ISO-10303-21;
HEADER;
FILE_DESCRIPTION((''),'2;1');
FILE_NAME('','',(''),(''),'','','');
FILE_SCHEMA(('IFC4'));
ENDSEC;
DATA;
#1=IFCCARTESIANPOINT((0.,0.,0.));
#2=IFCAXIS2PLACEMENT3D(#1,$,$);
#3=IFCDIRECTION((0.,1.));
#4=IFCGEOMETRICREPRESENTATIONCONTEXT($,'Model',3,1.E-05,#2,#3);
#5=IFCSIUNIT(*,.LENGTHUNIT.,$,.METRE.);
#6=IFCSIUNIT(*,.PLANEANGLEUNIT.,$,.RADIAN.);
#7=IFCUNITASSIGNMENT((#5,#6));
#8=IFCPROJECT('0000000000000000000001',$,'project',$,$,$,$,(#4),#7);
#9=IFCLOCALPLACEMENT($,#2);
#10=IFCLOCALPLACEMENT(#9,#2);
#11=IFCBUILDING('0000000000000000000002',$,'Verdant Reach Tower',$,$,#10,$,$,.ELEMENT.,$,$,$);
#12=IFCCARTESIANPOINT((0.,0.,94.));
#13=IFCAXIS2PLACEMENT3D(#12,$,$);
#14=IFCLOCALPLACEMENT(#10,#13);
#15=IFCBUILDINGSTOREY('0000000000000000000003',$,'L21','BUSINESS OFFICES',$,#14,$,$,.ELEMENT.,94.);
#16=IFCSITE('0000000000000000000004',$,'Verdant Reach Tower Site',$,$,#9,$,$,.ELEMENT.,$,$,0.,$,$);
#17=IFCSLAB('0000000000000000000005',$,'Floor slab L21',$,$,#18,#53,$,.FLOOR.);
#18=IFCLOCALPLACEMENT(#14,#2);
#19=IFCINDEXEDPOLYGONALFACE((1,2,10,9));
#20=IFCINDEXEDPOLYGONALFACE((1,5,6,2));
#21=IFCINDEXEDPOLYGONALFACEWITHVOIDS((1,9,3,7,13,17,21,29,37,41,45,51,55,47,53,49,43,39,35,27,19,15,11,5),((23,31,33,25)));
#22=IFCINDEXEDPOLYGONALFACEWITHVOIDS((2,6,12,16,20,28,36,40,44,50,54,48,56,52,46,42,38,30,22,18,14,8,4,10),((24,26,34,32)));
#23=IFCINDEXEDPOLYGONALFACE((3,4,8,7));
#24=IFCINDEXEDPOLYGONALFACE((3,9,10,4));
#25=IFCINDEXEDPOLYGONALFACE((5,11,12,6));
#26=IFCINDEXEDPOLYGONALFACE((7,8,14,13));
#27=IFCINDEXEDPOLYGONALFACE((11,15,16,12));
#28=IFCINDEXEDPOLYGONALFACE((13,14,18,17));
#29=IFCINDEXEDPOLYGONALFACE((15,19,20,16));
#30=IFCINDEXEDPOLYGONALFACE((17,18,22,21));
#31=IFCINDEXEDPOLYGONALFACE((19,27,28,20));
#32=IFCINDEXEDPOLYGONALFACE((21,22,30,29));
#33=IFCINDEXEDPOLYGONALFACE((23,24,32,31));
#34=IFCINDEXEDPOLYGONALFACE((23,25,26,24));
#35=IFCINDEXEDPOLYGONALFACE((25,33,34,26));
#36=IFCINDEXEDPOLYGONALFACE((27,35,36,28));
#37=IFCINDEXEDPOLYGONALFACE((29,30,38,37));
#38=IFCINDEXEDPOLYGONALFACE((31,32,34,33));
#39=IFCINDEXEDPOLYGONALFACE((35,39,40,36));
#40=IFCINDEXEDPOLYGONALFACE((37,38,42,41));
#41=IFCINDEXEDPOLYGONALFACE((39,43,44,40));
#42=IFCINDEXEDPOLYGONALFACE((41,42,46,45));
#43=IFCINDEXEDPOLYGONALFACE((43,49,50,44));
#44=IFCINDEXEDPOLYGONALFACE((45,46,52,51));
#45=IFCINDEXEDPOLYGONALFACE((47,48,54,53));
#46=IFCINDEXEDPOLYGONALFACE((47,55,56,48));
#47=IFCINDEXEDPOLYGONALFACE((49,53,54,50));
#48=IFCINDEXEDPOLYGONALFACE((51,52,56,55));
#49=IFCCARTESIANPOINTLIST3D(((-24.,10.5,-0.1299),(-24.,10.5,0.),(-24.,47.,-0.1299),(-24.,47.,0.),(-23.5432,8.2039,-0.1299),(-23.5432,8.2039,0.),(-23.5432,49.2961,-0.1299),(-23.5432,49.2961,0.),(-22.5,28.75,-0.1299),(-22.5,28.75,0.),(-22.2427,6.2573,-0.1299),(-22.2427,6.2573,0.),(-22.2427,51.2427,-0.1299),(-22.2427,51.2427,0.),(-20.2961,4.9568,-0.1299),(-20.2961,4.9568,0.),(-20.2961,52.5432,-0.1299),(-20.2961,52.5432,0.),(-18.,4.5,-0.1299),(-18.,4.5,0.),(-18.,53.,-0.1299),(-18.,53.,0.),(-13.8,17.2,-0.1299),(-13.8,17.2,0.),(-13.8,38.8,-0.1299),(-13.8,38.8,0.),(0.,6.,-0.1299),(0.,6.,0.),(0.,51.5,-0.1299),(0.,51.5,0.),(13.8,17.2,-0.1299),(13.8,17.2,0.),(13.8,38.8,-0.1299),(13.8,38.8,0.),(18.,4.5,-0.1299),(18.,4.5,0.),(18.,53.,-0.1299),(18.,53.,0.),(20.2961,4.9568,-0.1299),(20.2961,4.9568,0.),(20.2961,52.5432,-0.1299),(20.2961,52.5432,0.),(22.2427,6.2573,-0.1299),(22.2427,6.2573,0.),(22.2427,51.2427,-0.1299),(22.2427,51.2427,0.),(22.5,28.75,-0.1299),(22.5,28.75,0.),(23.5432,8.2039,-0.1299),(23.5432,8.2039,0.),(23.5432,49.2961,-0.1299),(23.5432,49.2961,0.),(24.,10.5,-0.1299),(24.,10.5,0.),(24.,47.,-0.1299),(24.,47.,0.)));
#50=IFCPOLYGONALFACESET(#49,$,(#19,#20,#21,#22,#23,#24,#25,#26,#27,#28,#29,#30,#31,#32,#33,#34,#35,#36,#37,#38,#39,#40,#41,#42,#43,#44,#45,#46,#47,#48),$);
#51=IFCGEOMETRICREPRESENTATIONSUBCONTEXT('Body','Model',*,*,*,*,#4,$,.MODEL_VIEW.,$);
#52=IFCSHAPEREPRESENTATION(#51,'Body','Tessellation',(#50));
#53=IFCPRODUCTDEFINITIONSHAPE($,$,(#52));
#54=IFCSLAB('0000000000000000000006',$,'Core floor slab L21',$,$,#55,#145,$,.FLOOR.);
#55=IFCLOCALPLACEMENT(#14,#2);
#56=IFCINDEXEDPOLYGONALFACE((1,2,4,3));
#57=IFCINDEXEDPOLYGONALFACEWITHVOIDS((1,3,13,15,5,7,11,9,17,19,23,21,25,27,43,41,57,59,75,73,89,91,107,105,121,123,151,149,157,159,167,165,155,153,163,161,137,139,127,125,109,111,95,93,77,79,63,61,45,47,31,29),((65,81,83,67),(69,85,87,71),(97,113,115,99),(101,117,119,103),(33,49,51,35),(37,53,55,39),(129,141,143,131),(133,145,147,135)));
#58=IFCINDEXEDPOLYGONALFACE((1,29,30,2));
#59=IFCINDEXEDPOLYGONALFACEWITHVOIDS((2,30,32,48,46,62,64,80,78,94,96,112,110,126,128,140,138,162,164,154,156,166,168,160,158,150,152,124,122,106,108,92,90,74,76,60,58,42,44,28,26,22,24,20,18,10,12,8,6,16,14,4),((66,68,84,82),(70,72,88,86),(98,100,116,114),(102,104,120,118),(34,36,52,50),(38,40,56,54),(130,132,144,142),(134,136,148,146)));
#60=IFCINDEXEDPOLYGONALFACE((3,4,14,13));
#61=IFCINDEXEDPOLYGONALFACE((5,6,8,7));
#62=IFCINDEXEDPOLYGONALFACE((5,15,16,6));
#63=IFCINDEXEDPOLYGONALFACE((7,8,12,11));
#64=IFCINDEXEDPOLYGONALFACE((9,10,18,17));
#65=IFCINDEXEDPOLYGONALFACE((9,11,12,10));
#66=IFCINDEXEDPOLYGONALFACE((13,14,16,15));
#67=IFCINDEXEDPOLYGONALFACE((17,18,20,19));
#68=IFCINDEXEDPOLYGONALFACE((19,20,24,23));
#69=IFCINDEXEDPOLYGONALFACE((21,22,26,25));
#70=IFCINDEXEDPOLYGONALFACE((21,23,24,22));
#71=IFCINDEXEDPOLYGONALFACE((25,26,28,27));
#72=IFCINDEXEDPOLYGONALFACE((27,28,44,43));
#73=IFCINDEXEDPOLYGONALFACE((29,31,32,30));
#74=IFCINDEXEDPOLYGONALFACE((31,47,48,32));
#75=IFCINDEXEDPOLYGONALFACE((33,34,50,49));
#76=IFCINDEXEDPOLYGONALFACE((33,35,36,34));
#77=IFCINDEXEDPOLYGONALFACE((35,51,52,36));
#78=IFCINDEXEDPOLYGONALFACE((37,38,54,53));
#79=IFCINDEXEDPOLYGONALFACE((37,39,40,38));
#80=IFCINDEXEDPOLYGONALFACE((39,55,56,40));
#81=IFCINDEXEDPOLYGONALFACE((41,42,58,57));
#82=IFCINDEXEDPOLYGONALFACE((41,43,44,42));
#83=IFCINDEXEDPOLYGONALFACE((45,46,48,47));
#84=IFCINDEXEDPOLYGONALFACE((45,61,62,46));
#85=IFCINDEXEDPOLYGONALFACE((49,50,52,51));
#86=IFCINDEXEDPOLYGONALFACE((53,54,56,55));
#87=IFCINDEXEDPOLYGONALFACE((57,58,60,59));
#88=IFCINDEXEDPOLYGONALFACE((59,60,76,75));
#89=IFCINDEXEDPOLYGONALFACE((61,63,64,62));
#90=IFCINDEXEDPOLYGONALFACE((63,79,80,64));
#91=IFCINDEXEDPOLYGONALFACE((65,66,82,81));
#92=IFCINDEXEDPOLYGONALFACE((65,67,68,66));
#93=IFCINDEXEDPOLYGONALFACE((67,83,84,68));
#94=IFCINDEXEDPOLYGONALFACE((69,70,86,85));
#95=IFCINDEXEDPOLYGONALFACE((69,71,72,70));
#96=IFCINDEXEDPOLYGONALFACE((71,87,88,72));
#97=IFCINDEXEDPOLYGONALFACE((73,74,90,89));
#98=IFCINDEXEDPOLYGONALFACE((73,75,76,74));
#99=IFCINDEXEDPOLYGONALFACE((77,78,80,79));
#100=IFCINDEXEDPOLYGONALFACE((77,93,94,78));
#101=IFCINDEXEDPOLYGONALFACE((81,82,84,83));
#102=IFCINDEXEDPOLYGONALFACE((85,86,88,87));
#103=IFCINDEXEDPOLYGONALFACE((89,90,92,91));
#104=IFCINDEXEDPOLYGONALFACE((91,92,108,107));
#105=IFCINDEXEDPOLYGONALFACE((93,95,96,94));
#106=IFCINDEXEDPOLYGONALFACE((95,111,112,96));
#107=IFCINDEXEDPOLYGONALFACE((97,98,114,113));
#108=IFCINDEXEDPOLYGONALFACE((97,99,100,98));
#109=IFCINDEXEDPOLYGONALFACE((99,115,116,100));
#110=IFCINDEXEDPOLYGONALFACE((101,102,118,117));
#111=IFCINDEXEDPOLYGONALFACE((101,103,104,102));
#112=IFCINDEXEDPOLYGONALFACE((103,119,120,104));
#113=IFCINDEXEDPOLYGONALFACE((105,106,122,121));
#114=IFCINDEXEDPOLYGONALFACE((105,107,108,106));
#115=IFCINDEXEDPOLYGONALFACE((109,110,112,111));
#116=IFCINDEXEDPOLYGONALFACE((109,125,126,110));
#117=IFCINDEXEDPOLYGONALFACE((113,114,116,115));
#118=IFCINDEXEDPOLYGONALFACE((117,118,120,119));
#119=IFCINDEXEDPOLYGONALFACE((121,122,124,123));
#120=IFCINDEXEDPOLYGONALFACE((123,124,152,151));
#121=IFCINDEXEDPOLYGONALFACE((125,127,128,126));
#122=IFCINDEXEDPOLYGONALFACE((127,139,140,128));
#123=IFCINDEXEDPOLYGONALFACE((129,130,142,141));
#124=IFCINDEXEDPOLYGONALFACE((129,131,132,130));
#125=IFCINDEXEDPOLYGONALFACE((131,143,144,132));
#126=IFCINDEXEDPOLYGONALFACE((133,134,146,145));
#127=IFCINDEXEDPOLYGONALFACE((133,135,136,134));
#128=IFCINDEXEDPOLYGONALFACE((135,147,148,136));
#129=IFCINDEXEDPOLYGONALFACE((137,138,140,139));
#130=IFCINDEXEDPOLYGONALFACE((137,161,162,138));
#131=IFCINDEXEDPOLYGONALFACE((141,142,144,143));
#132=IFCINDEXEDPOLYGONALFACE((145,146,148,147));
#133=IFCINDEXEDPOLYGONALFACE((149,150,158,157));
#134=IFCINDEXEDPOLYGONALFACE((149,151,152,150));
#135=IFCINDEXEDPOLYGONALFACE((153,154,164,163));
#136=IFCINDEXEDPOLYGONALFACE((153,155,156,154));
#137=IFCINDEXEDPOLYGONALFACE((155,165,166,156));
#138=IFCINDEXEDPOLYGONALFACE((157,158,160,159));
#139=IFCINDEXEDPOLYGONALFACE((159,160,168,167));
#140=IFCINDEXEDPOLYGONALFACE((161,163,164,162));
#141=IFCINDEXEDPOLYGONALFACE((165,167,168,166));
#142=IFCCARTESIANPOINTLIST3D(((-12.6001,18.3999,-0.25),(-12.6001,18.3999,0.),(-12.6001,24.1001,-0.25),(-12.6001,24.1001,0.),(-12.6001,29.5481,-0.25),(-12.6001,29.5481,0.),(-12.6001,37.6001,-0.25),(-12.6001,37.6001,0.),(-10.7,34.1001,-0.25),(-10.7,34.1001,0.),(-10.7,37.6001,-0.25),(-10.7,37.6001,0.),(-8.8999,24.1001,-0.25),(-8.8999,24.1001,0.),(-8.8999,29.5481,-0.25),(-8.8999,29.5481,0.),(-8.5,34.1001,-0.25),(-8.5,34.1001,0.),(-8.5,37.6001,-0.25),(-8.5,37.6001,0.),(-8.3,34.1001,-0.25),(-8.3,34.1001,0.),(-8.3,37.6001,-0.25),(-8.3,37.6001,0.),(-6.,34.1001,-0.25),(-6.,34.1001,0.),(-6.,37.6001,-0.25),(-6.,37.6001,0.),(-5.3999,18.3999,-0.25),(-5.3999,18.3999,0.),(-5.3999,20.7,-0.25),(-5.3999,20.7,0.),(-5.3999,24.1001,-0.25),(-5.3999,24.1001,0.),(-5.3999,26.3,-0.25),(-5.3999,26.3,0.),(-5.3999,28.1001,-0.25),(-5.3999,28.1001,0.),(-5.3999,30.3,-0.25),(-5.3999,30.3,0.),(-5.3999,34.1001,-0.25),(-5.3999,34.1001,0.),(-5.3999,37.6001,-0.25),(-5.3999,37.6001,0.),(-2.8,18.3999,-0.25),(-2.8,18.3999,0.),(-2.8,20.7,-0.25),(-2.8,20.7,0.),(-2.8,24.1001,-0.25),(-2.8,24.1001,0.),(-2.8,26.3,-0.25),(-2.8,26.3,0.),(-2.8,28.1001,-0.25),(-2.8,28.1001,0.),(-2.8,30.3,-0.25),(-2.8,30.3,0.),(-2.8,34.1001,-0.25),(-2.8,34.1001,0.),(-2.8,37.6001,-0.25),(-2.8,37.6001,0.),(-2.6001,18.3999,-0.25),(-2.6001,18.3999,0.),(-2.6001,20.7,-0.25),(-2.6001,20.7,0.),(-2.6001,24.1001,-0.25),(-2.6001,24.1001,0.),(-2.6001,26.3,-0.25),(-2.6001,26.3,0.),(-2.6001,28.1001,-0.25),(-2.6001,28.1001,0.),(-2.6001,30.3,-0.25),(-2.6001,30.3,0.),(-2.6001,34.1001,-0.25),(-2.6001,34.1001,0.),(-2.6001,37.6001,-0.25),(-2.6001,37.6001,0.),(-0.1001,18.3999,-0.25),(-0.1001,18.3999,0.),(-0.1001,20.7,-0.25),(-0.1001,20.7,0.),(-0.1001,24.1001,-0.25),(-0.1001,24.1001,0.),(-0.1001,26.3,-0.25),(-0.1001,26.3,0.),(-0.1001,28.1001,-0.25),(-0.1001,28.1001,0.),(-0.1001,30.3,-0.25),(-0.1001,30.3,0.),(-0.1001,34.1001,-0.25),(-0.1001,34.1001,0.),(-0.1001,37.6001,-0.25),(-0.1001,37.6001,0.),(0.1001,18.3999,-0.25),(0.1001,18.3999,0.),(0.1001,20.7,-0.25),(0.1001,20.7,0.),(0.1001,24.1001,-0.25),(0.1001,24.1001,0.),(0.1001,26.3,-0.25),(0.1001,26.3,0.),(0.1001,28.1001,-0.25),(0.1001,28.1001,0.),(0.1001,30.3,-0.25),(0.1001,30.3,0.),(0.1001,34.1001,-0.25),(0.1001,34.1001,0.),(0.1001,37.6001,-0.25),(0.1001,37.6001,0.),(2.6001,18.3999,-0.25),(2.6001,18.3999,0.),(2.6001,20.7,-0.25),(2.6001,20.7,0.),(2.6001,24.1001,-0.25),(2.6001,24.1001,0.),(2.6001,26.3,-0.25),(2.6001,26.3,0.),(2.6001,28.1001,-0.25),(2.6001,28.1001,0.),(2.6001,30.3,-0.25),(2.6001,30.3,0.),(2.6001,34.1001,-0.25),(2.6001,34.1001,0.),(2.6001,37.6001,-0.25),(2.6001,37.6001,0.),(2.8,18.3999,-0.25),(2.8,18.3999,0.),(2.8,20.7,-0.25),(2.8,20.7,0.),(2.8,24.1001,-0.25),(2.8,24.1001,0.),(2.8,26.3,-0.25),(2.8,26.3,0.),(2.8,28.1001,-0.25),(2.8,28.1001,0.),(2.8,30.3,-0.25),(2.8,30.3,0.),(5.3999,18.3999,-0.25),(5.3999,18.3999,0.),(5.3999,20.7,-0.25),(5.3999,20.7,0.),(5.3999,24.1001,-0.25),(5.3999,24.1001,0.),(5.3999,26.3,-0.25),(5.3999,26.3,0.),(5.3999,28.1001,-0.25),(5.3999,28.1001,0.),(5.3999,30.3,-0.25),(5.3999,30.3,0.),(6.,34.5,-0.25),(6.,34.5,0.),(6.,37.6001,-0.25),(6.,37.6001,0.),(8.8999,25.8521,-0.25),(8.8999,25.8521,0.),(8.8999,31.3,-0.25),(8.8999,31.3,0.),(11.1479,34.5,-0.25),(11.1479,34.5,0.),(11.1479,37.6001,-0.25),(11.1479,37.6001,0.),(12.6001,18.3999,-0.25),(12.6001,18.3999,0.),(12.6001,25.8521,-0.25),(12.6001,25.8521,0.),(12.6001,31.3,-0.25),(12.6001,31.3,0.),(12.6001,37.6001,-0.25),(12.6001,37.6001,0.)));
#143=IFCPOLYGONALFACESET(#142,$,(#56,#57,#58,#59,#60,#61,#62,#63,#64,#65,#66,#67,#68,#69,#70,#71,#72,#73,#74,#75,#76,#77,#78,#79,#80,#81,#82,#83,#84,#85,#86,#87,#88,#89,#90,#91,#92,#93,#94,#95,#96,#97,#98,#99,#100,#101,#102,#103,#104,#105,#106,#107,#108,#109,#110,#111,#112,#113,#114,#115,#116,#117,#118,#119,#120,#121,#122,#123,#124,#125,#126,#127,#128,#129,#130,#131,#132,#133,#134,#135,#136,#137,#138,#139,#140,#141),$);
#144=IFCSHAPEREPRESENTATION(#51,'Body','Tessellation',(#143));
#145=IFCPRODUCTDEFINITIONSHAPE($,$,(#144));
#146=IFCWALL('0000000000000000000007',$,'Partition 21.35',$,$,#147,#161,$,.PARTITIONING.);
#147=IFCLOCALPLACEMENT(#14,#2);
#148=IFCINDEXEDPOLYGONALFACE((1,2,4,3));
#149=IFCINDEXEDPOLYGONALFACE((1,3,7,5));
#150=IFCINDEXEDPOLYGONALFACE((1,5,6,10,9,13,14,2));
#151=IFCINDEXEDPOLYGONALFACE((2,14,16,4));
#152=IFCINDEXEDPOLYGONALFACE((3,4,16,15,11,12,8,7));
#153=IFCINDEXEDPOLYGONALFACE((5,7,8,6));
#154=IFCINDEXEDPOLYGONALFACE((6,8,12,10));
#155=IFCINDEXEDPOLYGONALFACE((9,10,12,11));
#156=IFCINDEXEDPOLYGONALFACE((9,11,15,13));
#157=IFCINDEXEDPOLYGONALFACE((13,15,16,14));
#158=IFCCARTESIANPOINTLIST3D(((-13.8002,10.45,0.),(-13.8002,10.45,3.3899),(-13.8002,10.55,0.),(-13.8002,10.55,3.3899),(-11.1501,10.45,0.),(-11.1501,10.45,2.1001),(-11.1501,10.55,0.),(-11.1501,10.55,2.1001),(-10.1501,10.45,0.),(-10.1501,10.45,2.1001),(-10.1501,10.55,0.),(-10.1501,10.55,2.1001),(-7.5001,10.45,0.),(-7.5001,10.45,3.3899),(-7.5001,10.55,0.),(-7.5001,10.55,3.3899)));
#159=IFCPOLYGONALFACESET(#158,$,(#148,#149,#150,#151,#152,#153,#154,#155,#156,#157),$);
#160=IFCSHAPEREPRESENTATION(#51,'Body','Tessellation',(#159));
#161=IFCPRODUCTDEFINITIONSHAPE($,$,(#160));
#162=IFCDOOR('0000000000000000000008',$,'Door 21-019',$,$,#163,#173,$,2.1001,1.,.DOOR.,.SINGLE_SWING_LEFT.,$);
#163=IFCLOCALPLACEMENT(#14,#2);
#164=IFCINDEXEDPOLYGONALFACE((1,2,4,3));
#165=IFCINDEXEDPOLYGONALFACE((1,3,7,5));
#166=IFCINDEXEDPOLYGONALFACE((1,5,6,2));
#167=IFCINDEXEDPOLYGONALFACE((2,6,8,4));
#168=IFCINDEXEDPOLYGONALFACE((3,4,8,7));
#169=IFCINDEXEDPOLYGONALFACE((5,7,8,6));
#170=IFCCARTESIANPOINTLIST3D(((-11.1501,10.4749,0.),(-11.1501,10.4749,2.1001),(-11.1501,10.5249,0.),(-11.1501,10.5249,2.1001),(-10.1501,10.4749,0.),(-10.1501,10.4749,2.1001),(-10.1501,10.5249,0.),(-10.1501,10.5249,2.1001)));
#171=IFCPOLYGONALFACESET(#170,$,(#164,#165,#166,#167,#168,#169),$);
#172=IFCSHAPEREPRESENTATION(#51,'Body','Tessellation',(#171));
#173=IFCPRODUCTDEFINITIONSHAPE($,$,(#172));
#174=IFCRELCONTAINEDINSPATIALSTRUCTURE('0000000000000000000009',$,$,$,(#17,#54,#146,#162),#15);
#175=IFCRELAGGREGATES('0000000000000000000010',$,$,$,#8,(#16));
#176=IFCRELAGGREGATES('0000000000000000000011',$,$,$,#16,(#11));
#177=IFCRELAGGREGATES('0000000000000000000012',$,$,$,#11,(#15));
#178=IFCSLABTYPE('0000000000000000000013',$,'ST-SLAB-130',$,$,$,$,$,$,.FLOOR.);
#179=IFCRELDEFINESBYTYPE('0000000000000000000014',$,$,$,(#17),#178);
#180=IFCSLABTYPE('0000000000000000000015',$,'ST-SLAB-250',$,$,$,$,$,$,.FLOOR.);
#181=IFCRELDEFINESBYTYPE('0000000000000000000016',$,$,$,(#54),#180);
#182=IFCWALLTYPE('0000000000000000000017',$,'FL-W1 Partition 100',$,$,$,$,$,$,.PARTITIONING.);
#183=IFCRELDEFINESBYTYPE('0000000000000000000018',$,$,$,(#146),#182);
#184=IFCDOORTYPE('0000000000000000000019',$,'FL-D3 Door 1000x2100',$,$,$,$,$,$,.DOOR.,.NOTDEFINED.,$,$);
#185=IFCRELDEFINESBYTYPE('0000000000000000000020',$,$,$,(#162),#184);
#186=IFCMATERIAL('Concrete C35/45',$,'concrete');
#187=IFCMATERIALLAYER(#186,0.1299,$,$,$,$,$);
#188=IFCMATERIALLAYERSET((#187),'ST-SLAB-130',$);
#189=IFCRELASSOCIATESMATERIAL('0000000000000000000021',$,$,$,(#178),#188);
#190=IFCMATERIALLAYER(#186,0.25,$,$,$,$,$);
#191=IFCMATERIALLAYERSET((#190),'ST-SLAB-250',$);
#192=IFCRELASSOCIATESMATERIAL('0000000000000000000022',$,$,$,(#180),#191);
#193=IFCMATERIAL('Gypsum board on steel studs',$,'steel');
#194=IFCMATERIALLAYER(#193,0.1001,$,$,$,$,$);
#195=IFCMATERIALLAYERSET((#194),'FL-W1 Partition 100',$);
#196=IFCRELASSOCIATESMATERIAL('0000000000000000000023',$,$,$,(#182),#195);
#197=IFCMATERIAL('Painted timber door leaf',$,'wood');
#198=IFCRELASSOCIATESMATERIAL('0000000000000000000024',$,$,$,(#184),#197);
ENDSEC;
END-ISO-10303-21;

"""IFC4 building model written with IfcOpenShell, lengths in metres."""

from ifc_helpers import new_model, si_unit, direction, frame, frame_2d, origin, place, context, subcontext, project, spatial, polyline, rectangle, outline, extrude, material, layer, layer_set, type_object, element, fill, save


model = new_model("IFC4")

# Units and contexts
model_context = context("Model", 3, precision=1e-05, world=origin(), true_north=direction((0.0, 1.0)))
body_context = subcontext(model_context, "Body", "Model", "MODEL_VIEW")
ifc_project = project(units=[si_unit("LENGTHUNIT", "METRE"), si_unit("PLANEANGLEUNIT", "RADIAN")], contexts=[model_context])

# Site, building, storey
site_placement = place(None, origin())
site = spatial("IfcSite", under=ifc_project, at=site_placement, Name="Verdant Reach Tower Site", CompositionType="ELEMENT", RefElevation=0.0)
building_placement = place(site_placement, origin())
building = spatial("IfcBuilding", under=site, at=building_placement, Name="Verdant Reach Tower", CompositionType="ELEMENT")
storey_placement = place(building_placement, frame((0.0, 0.0, 94.0)))
storey = spatial("IfcBuildingStorey", under=building, at=storey_placement, Name="L21", Description="BUSINESS OFFICES", CompositionType="ELEMENT", Elevation=94.0)

# Slabs
ifc_material_1 = material(Name="Concrete C35/45", Category="concrete")
ifc_layer_1 = layer(ifc_material_1, 0.1299)
ifc_layer_set_1 = layer_set([ifc_layer_1], Name="ST-SLAB-130")
slab_type_1 = type_object("IfcSlabType", Name="ST-SLAB-130", PredefinedType="FLOOR", material=ifc_layer_set_1)
slab_1_placement = place(storey_placement, frame((0.0, 0.0, -0.1299)))
element("IfcSlab", 1, at=slab_1_placement, inside=storey, type_object=slab_type_1, Name="Floor slab L21", PredefinedType="FLOOR", context=body_context, shape_type="SweptSolid", body=[
    extrude(outline(polyline([(0.0, 6.0), (-18.0, 4.5), (-20.2961, 4.9568), (-22.2427, 6.2573), (-23.5432, 8.2039), (-24.0, 10.5), (-22.5, 28.75), (-24.0, 47.0), (-23.5432, 49.2961), (-22.2427, 51.2427), (-20.2961, 52.5432), (-18.0, 53.0), (0.0, 51.5), (18.0, 53.0), (20.2961, 52.5432), (22.2427, 51.2427), (23.5432, 49.2961), (24.0, 47.0), (22.5, 28.75), (24.0, 10.5), (23.5432, 8.2039), (22.2427, 6.2573), (20.2961, 4.9568), (18.0, 4.5), (0.0, 6.0)]), holes=[polyline([(13.8, 38.8), (-13.8, 38.8), (-13.8, 17.2), (13.8, 17.2), (13.8, 38.8)])]), origin(), (0.0, 0.0, 1.0), 0.1299),
])
ifc_layer_2 = layer(ifc_material_1, 0.25)
ifc_layer_set_2 = layer_set([ifc_layer_2], Name="ST-SLAB-250")
slab_type_2 = type_object("IfcSlabType", Name="ST-SLAB-250", PredefinedType="FLOOR", material=ifc_layer_set_2)
slab_2_placement = place(storey_placement, frame((0.0, 0.0, -0.25)))
element("IfcSlab", 2, at=slab_2_placement, inside=storey, type_object=slab_type_2, Name="Core floor slab L21", PredefinedType="FLOOR", context=body_context, shape_type="SweptSolid", body=[
    extrude(outline(polyline([(12.6001, 18.3999), (5.3999, 18.3999), (5.3999, 20.7), (2.8, 20.7), (2.8, 18.3999), (2.6001, 18.3999), (2.6001, 20.7), (0.1001, 20.7), (0.1001, 18.3999), (-0.1001, 18.3999), (-0.1001, 20.7), (-2.6001, 20.7), (-2.6001, 18.3999), (-2.8, 18.3999), (-2.8, 20.7), (-5.3999, 20.7), (-5.3999, 18.3999), (-12.6001, 18.3999), (-12.6001, 24.1001), (-8.8999, 24.1001), (-8.8999, 29.5481), (-12.6001, 29.5481), (-12.6001, 37.6001), (-10.7, 37.6001), (-10.7, 34.1001), (-8.5, 34.1001), (-8.5, 37.6001), (-8.3, 37.6001), (-8.3, 34.1001), (-6.0, 34.1001), (-6.0, 37.6001), (-5.3999, 37.6001), (-5.3999, 34.1001), (-2.8, 34.1001), (-2.8, 37.6001), (-2.6001, 37.6001), (-2.6001, 34.1001), (-0.1001, 34.1001), (-0.1001, 37.6001), (0.1001, 37.6001), (0.1001, 34.1001), (2.6001, 34.1001), (2.6001, 37.6001), (6.0, 37.6001), (6.0, 34.5), (11.1479, 34.5), (11.1479, 37.6001), (12.6001, 37.6001), (12.6001, 31.3), (8.8999, 31.3), (8.8999, 25.8521), (12.6001, 25.8521), (12.6001, 18.3999)]), holes=[polyline([(-2.8, 24.1001), (-2.8, 26.3), (-5.3999, 26.3), (-5.3999, 24.1001), (-2.8, 24.1001)]), polyline([(-2.6001, 24.1001), (-0.1001, 24.1001), (-0.1001, 26.3), (-2.6001, 26.3), (-2.6001, 24.1001)]), polyline([(-2.8, 28.1001), (-2.8, 30.3), (-5.3999, 30.3), (-5.3999, 28.1001), (-2.8, 28.1001)]), polyline([(-0.1001, 28.1001), (-0.1001, 30.3), (-2.6001, 30.3), (-2.6001, 28.1001), (-0.1001, 28.1001)]), polyline([(2.6001, 24.1001), (2.6001, 26.3), (0.1001, 26.3), (0.1001, 24.1001), (2.6001, 24.1001)]), polyline([(2.8, 24.1001), (5.3999, 24.1001), (5.3999, 26.3), (2.8, 26.3), (2.8, 24.1001)]), polyline([(2.6001, 28.1001), (2.6001, 30.3), (0.1001, 30.3), (0.1001, 28.1001), (2.6001, 28.1001)]), polyline([(5.3999, 28.1001), (5.3999, 30.3), (2.8, 30.3), (2.8, 28.1001), (5.3999, 28.1001)])]), origin(), (0.0, 0.0, 1.0), 0.25),
])

# Wall, opening, door
ifc_material_2 = material(Name="Gypsum board on steel studs", Category="steel")
ifc_layer_3 = layer(ifc_material_2, 0.1001)
ifc_layer_set_3 = layer_set([ifc_layer_3], Name="FL-W1 Partition 100")
wall_type_1 = type_object("IfcWallType", Name="FL-W1 Partition 100", PredefinedType="PARTITIONING", material=ifc_layer_set_3)
wall_1_placement = place(storey_placement, frame((-13.8, 10.5, 0.0), z_axis=(0.0, 0.0, 1.0), x_axis=(1.0, 0.0, 0.0)))
wall_1 = element("IfcWall", 3, at=wall_1_placement, inside=storey, type_object=wall_type_1, Name="Partition 21.35", PredefinedType="PARTITIONING", context=body_context, shape_type="SweptSolid", body=[
    extrude(rectangle(XDim=6.3, YDim=0.1001, at=frame_2d((3.1499, 0.0))), origin(), (0.0, 0.0, 1.0), 3.3899),
])
opening_1_placement = place(wall_1_placement, frame((2.6499, 0.0, 0.0)))
opening_1 = element("IfcOpeningElement", 4, at=opening_1_placement, cuts=wall_1, PredefinedType="OPENING", context=body_context, shape_type="SweptSolid", body=[
    extrude(rectangle(XDim=1.0, YDim=2.1001, at=frame_2d((0.5, 1.05))), frame((0.0, 0.0601, 0.0), z_axis=(0.0, -1.0, 0.0), x_axis=(1.0, 0.0, 0.0)), (0.0, 0.0, 1.0), 0.1201),
])
ifc_material_3 = material(Name="Painted timber door leaf", Category="wood")
door_type_1 = type_object("IfcDoorType", Name="FL-D3 Door 1000x2100", OperationType="NOTDEFINED", PredefinedType="DOOR", material=ifc_material_3)
door_1_placement = place(opening_1_placement, origin())
door_1 = element("IfcDoor", 5, at=door_1_placement, inside=storey, type_object=door_type_1, Name="Door 21-019", OperationType="SINGLE_SWING_LEFT", OverallHeight=2.1001, OverallWidth=1.0, PredefinedType="DOOR", context=body_context, shape_type="SweptSolid", body=[
    extrude(rectangle(XDim=1.0, YDim=2.1001, at=frame_2d((0.5, 1.05))), frame((0.0, 0.0249, 0.0), z_axis=(0.0, -1.0, 0.0), x_axis=(1.0, 0.0, 0.0)), (0.0, 0.0, 1.0), 0.05),
])
fill(opening_1, door_1)

save(model, "model.ifc")
